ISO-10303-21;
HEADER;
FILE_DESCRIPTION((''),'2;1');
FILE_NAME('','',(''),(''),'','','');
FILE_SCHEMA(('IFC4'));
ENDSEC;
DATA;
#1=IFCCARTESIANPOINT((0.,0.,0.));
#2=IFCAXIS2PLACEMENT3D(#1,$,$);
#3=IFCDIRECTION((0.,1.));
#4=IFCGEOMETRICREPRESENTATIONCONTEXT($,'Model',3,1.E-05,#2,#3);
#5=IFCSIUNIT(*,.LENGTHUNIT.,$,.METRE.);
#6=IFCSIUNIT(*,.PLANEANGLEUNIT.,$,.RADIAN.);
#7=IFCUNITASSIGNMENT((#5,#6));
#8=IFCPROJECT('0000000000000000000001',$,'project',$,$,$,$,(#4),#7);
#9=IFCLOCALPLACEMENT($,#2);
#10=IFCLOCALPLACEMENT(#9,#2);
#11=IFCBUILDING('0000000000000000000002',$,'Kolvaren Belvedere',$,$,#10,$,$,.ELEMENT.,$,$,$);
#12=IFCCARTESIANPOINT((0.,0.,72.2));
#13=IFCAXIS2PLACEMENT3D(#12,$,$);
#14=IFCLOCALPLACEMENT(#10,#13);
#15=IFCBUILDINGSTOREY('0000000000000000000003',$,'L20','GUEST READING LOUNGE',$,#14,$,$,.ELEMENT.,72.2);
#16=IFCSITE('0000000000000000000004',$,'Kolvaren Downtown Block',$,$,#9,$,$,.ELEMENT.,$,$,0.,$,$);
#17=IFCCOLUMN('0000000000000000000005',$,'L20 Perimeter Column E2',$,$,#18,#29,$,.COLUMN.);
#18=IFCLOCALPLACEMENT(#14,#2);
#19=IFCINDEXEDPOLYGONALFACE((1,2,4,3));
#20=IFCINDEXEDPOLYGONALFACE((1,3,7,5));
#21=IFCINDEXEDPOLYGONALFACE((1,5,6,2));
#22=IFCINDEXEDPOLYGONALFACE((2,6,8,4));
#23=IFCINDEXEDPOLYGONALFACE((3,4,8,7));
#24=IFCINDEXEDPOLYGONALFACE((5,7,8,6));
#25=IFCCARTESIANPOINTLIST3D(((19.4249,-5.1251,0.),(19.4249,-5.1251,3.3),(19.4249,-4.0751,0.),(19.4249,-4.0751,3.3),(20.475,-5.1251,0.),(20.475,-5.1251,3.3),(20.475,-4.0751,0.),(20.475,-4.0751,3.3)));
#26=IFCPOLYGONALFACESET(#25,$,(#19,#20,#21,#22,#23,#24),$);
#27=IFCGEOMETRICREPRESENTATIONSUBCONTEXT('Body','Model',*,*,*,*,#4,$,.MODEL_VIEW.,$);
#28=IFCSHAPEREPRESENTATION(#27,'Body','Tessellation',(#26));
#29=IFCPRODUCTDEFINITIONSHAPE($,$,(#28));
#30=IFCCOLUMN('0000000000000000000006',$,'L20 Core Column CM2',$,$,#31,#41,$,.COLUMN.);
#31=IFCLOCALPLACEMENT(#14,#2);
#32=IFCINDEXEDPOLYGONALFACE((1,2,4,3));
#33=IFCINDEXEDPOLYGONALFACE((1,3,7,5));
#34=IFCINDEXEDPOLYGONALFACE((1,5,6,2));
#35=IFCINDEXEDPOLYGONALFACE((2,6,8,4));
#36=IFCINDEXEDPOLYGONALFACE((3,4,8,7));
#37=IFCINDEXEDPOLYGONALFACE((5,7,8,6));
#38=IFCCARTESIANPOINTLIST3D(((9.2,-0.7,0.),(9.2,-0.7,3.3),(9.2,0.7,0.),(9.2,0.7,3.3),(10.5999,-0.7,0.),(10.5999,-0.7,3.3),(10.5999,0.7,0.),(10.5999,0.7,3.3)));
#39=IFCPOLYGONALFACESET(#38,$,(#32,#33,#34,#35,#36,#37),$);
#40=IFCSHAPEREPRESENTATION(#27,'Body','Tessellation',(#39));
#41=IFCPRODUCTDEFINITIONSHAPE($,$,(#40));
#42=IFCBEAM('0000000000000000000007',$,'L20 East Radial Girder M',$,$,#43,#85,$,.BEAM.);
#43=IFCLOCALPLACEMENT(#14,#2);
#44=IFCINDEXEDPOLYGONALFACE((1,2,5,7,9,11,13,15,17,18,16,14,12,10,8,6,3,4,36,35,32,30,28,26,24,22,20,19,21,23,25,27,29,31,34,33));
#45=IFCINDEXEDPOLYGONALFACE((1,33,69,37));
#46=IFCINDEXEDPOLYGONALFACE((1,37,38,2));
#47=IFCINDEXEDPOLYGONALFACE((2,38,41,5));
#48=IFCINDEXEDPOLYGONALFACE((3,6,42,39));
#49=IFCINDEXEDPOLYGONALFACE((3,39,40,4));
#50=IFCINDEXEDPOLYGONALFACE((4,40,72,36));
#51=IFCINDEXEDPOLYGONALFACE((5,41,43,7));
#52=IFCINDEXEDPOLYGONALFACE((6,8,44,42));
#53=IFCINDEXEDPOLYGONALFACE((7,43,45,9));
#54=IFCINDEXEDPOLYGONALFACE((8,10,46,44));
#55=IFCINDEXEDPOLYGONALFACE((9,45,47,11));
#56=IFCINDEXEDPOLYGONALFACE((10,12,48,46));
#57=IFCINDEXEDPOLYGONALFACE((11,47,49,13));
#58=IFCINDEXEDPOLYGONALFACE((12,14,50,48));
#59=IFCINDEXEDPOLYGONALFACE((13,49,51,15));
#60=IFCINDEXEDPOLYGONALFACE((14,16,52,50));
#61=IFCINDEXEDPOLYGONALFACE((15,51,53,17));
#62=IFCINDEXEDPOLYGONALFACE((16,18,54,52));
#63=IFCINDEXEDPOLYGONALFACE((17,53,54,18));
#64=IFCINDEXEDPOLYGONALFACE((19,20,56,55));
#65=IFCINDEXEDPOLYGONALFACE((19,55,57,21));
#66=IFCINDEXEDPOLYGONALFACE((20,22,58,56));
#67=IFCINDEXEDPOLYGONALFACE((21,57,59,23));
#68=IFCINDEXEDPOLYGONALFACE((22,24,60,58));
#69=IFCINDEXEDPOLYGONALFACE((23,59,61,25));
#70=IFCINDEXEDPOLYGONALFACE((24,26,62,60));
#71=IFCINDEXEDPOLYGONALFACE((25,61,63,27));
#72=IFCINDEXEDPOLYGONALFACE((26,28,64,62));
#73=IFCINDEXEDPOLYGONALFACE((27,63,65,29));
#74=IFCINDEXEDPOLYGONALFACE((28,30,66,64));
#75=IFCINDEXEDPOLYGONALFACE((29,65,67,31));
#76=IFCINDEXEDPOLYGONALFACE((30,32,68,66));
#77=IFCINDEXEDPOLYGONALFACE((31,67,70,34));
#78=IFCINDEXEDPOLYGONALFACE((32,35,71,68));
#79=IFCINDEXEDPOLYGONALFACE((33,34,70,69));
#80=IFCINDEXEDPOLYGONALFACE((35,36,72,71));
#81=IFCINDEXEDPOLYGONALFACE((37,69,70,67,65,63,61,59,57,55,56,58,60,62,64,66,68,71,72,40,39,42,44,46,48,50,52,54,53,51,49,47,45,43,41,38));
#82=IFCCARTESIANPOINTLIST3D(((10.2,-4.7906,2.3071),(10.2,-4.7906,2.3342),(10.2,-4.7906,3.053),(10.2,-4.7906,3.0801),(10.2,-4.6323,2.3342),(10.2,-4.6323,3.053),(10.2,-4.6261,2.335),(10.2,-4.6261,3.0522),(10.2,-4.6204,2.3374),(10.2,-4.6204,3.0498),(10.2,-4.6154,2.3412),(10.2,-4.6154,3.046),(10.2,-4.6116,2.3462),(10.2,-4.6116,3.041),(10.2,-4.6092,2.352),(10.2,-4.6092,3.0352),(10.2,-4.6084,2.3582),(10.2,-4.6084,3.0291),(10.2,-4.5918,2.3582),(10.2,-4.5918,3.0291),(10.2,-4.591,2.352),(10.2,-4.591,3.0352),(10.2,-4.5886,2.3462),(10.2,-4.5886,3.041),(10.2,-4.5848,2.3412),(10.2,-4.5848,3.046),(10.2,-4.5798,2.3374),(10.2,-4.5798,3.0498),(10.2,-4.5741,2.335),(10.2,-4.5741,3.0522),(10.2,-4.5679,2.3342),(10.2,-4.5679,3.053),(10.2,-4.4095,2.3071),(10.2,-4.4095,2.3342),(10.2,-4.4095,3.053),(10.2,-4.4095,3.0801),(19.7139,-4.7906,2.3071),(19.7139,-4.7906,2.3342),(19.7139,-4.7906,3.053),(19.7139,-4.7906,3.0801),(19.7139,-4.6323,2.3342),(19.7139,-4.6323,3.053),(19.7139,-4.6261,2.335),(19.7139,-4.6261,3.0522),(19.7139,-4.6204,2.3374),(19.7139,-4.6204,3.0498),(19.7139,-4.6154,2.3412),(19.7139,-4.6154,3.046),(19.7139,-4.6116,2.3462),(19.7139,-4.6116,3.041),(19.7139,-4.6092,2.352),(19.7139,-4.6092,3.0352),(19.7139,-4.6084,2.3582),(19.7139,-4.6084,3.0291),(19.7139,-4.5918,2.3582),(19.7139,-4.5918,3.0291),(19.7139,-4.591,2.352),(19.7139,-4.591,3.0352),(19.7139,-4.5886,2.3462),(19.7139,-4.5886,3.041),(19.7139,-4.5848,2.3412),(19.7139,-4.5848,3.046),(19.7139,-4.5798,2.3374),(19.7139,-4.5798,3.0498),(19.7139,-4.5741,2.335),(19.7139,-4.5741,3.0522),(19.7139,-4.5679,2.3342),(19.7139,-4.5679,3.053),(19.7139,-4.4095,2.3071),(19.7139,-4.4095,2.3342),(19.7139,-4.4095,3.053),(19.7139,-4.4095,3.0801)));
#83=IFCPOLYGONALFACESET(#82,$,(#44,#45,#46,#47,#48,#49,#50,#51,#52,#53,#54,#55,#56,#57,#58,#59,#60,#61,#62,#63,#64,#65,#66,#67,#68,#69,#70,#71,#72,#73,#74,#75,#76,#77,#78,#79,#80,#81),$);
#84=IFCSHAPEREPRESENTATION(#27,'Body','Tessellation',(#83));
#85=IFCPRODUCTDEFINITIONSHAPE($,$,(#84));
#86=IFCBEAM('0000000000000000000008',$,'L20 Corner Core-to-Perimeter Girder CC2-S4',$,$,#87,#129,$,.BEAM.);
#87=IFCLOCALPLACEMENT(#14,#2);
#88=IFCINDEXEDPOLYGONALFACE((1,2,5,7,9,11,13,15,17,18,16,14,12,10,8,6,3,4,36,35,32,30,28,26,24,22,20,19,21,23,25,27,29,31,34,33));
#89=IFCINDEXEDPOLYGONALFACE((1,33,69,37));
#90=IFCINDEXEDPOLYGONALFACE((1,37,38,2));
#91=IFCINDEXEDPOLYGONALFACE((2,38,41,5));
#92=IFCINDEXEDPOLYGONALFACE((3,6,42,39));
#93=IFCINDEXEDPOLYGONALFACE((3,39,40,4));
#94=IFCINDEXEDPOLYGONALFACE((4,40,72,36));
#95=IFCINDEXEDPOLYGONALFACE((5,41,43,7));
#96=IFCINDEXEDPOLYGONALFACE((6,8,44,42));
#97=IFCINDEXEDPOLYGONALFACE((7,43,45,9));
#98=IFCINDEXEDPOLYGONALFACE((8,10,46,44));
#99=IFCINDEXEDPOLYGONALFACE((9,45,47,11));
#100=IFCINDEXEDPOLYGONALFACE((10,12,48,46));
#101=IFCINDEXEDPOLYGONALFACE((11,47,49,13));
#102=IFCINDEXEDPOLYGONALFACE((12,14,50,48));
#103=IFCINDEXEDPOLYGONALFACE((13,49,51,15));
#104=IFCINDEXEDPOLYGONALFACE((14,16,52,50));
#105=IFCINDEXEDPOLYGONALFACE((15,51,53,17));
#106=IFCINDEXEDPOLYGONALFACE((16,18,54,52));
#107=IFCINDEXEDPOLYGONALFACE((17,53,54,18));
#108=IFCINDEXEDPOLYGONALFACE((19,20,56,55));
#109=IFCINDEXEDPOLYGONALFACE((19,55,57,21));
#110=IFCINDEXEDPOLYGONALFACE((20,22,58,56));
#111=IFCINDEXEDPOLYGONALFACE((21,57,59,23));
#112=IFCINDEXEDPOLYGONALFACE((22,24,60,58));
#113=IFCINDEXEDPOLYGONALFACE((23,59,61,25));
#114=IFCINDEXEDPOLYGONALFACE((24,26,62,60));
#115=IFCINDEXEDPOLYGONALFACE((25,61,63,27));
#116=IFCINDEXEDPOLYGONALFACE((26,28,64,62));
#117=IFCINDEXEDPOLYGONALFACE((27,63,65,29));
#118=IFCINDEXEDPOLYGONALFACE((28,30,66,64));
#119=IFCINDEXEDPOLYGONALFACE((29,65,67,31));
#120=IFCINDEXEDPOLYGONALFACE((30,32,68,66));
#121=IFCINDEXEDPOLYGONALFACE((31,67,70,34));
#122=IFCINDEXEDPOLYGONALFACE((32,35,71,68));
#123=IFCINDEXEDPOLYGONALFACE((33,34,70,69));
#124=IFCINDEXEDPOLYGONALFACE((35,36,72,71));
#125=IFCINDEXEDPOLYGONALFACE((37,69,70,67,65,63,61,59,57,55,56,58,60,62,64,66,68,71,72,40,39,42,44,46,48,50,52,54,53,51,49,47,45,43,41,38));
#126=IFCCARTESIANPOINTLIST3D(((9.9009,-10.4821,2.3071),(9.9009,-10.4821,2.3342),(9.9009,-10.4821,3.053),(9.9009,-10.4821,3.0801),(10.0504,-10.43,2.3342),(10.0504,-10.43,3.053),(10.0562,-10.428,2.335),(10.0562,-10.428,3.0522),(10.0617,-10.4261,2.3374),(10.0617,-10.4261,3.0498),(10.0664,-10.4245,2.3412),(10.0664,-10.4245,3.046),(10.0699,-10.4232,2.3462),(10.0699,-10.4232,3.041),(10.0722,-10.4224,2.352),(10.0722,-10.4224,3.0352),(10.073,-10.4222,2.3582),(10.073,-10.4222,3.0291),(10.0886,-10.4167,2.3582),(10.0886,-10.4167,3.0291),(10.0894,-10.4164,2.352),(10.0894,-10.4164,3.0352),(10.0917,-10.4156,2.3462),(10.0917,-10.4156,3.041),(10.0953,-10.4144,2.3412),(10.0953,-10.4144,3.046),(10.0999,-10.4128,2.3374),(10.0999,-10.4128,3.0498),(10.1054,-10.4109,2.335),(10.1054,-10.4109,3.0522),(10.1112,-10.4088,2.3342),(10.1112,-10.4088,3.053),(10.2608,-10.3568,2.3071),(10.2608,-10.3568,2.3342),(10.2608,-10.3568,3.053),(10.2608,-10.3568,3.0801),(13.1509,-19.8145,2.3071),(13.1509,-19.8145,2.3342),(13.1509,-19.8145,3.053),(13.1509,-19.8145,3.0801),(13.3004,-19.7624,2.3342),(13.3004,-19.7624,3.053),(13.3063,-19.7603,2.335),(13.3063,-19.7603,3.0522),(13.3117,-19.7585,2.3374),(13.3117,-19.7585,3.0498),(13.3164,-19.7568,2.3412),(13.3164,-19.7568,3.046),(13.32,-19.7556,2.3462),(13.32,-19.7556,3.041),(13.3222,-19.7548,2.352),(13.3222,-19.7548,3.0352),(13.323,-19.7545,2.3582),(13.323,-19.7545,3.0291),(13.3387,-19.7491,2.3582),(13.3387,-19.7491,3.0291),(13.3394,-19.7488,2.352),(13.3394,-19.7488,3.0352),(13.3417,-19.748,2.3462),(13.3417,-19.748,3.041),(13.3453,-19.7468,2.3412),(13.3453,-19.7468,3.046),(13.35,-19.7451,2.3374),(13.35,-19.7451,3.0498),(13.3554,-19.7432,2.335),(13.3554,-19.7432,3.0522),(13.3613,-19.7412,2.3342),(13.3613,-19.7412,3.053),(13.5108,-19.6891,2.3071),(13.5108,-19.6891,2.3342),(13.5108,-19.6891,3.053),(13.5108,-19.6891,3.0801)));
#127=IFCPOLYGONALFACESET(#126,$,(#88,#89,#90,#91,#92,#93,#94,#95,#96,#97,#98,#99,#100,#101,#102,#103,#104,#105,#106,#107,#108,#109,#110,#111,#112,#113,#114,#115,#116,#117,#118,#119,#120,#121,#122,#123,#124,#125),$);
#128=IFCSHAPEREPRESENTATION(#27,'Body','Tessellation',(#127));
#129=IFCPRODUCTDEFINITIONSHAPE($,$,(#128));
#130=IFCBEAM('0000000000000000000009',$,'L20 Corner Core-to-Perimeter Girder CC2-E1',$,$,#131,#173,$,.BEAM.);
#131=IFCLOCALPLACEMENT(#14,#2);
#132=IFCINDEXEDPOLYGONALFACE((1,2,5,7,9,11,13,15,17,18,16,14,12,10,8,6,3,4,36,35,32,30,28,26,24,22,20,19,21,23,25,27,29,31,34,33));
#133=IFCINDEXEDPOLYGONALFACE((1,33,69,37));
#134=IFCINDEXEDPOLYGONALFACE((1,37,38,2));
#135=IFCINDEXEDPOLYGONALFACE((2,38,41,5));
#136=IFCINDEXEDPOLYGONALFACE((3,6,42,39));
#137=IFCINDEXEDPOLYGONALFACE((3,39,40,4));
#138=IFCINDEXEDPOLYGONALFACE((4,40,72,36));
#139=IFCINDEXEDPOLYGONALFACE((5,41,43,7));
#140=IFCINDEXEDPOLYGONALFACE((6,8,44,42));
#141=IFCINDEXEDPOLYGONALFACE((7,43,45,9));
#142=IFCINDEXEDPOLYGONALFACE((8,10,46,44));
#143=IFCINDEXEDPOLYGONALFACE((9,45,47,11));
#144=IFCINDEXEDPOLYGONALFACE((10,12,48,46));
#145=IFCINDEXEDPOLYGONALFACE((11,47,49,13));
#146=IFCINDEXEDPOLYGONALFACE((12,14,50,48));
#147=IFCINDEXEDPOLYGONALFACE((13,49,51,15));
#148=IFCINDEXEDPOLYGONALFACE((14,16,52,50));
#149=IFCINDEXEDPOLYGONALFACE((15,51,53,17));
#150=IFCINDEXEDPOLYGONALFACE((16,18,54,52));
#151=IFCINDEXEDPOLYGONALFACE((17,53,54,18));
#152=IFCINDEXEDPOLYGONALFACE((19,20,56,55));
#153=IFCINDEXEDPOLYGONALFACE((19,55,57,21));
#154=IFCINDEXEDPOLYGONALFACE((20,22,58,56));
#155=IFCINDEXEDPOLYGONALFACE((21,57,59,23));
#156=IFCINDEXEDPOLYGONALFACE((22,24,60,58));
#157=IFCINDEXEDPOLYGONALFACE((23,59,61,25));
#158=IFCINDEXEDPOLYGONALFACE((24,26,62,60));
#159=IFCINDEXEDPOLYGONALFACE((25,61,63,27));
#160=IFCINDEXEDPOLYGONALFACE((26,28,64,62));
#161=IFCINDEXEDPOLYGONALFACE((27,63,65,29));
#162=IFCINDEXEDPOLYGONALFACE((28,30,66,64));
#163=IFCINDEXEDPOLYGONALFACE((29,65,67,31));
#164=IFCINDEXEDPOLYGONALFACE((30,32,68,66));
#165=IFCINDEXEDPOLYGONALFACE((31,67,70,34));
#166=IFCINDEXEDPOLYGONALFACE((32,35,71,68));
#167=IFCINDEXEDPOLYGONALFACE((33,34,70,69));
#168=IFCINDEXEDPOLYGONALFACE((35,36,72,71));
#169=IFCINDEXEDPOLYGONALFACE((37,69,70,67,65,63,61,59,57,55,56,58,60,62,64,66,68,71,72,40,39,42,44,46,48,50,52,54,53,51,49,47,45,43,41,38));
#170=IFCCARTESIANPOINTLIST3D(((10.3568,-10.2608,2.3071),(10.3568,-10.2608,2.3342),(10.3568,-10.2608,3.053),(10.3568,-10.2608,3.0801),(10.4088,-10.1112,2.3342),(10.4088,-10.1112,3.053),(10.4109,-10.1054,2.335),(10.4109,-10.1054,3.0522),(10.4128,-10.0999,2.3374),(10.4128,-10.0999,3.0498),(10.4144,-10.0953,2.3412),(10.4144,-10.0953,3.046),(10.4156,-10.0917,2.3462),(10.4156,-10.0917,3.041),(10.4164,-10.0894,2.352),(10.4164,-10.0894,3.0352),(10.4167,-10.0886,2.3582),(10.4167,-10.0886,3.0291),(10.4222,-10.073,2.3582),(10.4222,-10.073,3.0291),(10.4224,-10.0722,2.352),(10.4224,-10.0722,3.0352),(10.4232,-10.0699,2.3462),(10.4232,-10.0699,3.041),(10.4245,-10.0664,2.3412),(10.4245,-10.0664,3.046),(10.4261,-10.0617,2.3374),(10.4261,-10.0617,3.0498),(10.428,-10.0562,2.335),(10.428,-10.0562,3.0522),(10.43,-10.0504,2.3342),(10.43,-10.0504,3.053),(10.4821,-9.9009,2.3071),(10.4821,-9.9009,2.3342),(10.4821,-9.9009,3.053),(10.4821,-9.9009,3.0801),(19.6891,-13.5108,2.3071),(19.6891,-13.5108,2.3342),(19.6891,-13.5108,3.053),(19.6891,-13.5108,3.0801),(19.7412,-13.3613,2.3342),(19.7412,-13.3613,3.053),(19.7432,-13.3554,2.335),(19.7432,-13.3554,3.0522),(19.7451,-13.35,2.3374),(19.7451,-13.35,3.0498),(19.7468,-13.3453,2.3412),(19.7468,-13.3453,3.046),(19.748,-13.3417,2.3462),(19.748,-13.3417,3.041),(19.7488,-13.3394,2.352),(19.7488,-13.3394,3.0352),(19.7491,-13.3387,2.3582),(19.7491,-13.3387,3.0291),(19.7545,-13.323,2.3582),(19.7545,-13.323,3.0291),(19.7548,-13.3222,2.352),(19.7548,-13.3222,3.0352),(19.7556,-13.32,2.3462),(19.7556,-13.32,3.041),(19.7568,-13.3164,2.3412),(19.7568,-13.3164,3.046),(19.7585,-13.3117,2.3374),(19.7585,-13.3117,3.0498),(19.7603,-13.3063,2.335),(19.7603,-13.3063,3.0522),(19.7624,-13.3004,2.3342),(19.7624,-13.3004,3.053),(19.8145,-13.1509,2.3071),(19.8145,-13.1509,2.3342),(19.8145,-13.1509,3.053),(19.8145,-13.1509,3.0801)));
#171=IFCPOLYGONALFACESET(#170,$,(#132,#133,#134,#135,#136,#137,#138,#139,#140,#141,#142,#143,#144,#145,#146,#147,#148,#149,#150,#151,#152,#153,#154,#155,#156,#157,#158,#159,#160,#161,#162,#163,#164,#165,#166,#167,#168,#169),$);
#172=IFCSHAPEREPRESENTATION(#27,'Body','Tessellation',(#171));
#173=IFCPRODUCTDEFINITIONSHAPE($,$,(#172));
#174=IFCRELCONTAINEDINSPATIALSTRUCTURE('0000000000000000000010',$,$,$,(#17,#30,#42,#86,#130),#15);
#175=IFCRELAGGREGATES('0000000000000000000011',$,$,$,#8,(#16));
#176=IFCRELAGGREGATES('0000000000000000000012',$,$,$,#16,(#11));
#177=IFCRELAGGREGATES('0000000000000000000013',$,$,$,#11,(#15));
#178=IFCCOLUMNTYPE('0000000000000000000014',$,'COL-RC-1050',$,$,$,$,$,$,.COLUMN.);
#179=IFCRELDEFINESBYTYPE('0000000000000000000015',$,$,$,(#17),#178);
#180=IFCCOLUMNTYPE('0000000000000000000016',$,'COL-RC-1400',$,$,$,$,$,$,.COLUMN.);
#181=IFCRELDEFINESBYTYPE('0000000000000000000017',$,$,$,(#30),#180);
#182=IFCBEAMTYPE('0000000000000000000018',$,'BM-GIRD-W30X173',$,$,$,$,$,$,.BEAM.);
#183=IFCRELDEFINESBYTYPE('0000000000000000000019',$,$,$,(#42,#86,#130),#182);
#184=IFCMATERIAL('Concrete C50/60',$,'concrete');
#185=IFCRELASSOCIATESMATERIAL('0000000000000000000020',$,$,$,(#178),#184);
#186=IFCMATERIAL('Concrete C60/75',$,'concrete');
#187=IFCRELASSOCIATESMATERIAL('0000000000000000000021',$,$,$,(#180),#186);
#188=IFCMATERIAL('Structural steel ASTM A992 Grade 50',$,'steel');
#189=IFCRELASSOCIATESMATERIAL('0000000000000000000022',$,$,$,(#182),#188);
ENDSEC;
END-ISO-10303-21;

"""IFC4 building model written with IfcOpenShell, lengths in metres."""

from ifc_helpers import new_model, si_unit, direction, frame, origin, origin_2d, place, context, subcontext, project, spatial, rectangle, i_section, extrude, material, material_profile, profile_set, type_object, element, save


model = new_model("IFC4")

# Units and contexts
model_context = context("Model", 3, precision=1e-05, world=origin(), true_north=direction((0.0, 1.0)))
body_context = subcontext(model_context, "Body", "Model", "MODEL_VIEW")
ifc_project = project(units=[si_unit("LENGTHUNIT", "METRE"), si_unit("PLANEANGLEUNIT", "RADIAN")], contexts=[model_context])

# Site, building, storey
site_placement = place(None, origin())
site = spatial("IfcSite", under=ifc_project, at=site_placement, Name="Kolvaren Downtown Block", CompositionType="ELEMENT", RefElevation=0.0)
building_placement = place(site_placement, origin())
building = spatial("IfcBuilding", under=site, at=building_placement, Name="Kolvaren Belvedere", CompositionType="ELEMENT")
storey_placement = place(building_placement, frame((0.0, 0.0, 72.2)))
storey = spatial("IfcBuildingStorey", under=building, at=storey_placement, Name="L20", Description="GUEST READING LOUNGE", CompositionType="ELEMENT", Elevation=72.2)

# Columns
ifc_material_1 = material(Name="Concrete C50/60", Category="concrete")
ifc_material_profile_1 = material_profile(ifc_material_1, rectangle(XDim=1.05, YDim=1.05, at=origin_2d()), Name="RC 1050X1050")
ifc_profile_set_1 = profile_set([ifc_material_profile_1], Name="Concrete C50/60")
column_type_1 = type_object("IfcColumnType", Name="COL-RC-1050", PredefinedType="COLUMN", material=ifc_profile_set_1)
column_1_placement = place(storey_placement, frame((19.95, -4.6001, 0.0), z_axis=(0.0, 0.0, 1.0), x_axis=(1.0, 0.0, 0.0)))
element("IfcColumn", 1, at=column_1_placement, inside=storey, type_object=column_type_1, Name="L20 Perimeter Column E2", PredefinedType="COLUMN", context=body_context, shape_type="SweptSolid", body=[
    extrude(rectangle(XDim=1.05, YDim=1.05, at=origin_2d()), origin(), (0.0, 0.0, 1.0), 3.3),
])
ifc_material_2 = material(Name="Concrete C60/75", Category="concrete")
ifc_material_profile_2 = material_profile(ifc_material_2, rectangle(XDim=1.3999, YDim=1.3999, at=origin_2d()), Name="RC 1400X1400")
ifc_profile_set_2 = profile_set([ifc_material_profile_2], Name="Concrete C60/75")
column_type_2 = type_object("IfcColumnType", Name="COL-RC-1400", PredefinedType="COLUMN", material=ifc_profile_set_2)
column_2_placement = place(storey_placement, frame((9.8999, 0.0, 0.0), z_axis=(0.0, 0.0, 1.0), x_axis=(1.0, 0.0, 0.0)))
element("IfcColumn", 2, at=column_2_placement, inside=storey, type_object=column_type_2, Name="L20 Core Column CM2", PredefinedType="COLUMN", context=body_context, shape_type="SweptSolid", body=[
    extrude(rectangle(XDim=1.3999, YDim=1.3999, at=origin_2d()), origin(), (0.0, 0.0, 1.0), 3.3),
])

# Beams
ifc_material_3 = material(Name="Structural steel ASTM A992 Grade 50", Category="steel")
ifc_material_profile_3 = material_profile(ifc_material_3, i_section(OverallWidth=0.3811, OverallDepth=0.7729, WebThickness=0.0166, FlangeThickness=0.0271, FilletRadius=0.0239, at=origin_2d()), Name="W30X173")
ifc_profile_set_3 = profile_set([ifc_material_profile_3], Name="Structural steel ASTM A992 Grade 50")
beam_type_1 = type_object("IfcBeamType", Name="BM-GIRD-W30X173", PredefinedType="BEAM", material=ifc_profile_set_3)
beam_1_placement = place(storey_placement, frame((10.2, -4.6001, 2.6936), z_axis=(1.0, 0.0, 0.0), x_axis=(0.0, 1.0, 0.0)))
element("IfcBeam", 3, at=beam_1_placement, inside=storey, type_object=beam_type_1, Name="L20 East Radial Girder M", PredefinedType="BEAM", context=body_context, shape_type="SweptSolid", body=[
    extrude(i_section(OverallWidth=0.3811, OverallDepth=0.7729, WebThickness=0.0166, FlangeThickness=0.0271, FilletRadius=0.0239, at=origin_2d()), origin(), (0.0, 0.0, 1.0), 9.5139),
])
for number, where, z_axis, x_axis, name in (
    (4, (10.0808, -10.4194, 2.6936), (0.328881, -0.944371, 0.0), (0.944371, 0.328881, 0.0), "L20 Corner Core-to-Perimeter Girder CC2-S4"),
    (5, (10.4194, -10.0808, 2.6936), (0.944371, -0.328881, 0.0), (0.328881, 0.944371, 0.0), "L20 Corner Core-to-Perimeter Girder CC2-E1"),
):
    element("IfcBeam", number, at=place(storey_placement, frame(where, z_axis=z_axis, x_axis=x_axis)), inside=storey, type_object=beam_type_1, Name=name, PredefinedType="BEAM", context=body_context, shape_type="SweptSolid", body=[
        extrude(i_section(OverallWidth=0.3811, OverallDepth=0.7729, WebThickness=0.0166, FlangeThickness=0.0271, FilletRadius=0.0239, at=origin_2d()), origin(), (0.0, 0.0, 1.0), 9.8821),
    ])

save(model, "model.ifc")
